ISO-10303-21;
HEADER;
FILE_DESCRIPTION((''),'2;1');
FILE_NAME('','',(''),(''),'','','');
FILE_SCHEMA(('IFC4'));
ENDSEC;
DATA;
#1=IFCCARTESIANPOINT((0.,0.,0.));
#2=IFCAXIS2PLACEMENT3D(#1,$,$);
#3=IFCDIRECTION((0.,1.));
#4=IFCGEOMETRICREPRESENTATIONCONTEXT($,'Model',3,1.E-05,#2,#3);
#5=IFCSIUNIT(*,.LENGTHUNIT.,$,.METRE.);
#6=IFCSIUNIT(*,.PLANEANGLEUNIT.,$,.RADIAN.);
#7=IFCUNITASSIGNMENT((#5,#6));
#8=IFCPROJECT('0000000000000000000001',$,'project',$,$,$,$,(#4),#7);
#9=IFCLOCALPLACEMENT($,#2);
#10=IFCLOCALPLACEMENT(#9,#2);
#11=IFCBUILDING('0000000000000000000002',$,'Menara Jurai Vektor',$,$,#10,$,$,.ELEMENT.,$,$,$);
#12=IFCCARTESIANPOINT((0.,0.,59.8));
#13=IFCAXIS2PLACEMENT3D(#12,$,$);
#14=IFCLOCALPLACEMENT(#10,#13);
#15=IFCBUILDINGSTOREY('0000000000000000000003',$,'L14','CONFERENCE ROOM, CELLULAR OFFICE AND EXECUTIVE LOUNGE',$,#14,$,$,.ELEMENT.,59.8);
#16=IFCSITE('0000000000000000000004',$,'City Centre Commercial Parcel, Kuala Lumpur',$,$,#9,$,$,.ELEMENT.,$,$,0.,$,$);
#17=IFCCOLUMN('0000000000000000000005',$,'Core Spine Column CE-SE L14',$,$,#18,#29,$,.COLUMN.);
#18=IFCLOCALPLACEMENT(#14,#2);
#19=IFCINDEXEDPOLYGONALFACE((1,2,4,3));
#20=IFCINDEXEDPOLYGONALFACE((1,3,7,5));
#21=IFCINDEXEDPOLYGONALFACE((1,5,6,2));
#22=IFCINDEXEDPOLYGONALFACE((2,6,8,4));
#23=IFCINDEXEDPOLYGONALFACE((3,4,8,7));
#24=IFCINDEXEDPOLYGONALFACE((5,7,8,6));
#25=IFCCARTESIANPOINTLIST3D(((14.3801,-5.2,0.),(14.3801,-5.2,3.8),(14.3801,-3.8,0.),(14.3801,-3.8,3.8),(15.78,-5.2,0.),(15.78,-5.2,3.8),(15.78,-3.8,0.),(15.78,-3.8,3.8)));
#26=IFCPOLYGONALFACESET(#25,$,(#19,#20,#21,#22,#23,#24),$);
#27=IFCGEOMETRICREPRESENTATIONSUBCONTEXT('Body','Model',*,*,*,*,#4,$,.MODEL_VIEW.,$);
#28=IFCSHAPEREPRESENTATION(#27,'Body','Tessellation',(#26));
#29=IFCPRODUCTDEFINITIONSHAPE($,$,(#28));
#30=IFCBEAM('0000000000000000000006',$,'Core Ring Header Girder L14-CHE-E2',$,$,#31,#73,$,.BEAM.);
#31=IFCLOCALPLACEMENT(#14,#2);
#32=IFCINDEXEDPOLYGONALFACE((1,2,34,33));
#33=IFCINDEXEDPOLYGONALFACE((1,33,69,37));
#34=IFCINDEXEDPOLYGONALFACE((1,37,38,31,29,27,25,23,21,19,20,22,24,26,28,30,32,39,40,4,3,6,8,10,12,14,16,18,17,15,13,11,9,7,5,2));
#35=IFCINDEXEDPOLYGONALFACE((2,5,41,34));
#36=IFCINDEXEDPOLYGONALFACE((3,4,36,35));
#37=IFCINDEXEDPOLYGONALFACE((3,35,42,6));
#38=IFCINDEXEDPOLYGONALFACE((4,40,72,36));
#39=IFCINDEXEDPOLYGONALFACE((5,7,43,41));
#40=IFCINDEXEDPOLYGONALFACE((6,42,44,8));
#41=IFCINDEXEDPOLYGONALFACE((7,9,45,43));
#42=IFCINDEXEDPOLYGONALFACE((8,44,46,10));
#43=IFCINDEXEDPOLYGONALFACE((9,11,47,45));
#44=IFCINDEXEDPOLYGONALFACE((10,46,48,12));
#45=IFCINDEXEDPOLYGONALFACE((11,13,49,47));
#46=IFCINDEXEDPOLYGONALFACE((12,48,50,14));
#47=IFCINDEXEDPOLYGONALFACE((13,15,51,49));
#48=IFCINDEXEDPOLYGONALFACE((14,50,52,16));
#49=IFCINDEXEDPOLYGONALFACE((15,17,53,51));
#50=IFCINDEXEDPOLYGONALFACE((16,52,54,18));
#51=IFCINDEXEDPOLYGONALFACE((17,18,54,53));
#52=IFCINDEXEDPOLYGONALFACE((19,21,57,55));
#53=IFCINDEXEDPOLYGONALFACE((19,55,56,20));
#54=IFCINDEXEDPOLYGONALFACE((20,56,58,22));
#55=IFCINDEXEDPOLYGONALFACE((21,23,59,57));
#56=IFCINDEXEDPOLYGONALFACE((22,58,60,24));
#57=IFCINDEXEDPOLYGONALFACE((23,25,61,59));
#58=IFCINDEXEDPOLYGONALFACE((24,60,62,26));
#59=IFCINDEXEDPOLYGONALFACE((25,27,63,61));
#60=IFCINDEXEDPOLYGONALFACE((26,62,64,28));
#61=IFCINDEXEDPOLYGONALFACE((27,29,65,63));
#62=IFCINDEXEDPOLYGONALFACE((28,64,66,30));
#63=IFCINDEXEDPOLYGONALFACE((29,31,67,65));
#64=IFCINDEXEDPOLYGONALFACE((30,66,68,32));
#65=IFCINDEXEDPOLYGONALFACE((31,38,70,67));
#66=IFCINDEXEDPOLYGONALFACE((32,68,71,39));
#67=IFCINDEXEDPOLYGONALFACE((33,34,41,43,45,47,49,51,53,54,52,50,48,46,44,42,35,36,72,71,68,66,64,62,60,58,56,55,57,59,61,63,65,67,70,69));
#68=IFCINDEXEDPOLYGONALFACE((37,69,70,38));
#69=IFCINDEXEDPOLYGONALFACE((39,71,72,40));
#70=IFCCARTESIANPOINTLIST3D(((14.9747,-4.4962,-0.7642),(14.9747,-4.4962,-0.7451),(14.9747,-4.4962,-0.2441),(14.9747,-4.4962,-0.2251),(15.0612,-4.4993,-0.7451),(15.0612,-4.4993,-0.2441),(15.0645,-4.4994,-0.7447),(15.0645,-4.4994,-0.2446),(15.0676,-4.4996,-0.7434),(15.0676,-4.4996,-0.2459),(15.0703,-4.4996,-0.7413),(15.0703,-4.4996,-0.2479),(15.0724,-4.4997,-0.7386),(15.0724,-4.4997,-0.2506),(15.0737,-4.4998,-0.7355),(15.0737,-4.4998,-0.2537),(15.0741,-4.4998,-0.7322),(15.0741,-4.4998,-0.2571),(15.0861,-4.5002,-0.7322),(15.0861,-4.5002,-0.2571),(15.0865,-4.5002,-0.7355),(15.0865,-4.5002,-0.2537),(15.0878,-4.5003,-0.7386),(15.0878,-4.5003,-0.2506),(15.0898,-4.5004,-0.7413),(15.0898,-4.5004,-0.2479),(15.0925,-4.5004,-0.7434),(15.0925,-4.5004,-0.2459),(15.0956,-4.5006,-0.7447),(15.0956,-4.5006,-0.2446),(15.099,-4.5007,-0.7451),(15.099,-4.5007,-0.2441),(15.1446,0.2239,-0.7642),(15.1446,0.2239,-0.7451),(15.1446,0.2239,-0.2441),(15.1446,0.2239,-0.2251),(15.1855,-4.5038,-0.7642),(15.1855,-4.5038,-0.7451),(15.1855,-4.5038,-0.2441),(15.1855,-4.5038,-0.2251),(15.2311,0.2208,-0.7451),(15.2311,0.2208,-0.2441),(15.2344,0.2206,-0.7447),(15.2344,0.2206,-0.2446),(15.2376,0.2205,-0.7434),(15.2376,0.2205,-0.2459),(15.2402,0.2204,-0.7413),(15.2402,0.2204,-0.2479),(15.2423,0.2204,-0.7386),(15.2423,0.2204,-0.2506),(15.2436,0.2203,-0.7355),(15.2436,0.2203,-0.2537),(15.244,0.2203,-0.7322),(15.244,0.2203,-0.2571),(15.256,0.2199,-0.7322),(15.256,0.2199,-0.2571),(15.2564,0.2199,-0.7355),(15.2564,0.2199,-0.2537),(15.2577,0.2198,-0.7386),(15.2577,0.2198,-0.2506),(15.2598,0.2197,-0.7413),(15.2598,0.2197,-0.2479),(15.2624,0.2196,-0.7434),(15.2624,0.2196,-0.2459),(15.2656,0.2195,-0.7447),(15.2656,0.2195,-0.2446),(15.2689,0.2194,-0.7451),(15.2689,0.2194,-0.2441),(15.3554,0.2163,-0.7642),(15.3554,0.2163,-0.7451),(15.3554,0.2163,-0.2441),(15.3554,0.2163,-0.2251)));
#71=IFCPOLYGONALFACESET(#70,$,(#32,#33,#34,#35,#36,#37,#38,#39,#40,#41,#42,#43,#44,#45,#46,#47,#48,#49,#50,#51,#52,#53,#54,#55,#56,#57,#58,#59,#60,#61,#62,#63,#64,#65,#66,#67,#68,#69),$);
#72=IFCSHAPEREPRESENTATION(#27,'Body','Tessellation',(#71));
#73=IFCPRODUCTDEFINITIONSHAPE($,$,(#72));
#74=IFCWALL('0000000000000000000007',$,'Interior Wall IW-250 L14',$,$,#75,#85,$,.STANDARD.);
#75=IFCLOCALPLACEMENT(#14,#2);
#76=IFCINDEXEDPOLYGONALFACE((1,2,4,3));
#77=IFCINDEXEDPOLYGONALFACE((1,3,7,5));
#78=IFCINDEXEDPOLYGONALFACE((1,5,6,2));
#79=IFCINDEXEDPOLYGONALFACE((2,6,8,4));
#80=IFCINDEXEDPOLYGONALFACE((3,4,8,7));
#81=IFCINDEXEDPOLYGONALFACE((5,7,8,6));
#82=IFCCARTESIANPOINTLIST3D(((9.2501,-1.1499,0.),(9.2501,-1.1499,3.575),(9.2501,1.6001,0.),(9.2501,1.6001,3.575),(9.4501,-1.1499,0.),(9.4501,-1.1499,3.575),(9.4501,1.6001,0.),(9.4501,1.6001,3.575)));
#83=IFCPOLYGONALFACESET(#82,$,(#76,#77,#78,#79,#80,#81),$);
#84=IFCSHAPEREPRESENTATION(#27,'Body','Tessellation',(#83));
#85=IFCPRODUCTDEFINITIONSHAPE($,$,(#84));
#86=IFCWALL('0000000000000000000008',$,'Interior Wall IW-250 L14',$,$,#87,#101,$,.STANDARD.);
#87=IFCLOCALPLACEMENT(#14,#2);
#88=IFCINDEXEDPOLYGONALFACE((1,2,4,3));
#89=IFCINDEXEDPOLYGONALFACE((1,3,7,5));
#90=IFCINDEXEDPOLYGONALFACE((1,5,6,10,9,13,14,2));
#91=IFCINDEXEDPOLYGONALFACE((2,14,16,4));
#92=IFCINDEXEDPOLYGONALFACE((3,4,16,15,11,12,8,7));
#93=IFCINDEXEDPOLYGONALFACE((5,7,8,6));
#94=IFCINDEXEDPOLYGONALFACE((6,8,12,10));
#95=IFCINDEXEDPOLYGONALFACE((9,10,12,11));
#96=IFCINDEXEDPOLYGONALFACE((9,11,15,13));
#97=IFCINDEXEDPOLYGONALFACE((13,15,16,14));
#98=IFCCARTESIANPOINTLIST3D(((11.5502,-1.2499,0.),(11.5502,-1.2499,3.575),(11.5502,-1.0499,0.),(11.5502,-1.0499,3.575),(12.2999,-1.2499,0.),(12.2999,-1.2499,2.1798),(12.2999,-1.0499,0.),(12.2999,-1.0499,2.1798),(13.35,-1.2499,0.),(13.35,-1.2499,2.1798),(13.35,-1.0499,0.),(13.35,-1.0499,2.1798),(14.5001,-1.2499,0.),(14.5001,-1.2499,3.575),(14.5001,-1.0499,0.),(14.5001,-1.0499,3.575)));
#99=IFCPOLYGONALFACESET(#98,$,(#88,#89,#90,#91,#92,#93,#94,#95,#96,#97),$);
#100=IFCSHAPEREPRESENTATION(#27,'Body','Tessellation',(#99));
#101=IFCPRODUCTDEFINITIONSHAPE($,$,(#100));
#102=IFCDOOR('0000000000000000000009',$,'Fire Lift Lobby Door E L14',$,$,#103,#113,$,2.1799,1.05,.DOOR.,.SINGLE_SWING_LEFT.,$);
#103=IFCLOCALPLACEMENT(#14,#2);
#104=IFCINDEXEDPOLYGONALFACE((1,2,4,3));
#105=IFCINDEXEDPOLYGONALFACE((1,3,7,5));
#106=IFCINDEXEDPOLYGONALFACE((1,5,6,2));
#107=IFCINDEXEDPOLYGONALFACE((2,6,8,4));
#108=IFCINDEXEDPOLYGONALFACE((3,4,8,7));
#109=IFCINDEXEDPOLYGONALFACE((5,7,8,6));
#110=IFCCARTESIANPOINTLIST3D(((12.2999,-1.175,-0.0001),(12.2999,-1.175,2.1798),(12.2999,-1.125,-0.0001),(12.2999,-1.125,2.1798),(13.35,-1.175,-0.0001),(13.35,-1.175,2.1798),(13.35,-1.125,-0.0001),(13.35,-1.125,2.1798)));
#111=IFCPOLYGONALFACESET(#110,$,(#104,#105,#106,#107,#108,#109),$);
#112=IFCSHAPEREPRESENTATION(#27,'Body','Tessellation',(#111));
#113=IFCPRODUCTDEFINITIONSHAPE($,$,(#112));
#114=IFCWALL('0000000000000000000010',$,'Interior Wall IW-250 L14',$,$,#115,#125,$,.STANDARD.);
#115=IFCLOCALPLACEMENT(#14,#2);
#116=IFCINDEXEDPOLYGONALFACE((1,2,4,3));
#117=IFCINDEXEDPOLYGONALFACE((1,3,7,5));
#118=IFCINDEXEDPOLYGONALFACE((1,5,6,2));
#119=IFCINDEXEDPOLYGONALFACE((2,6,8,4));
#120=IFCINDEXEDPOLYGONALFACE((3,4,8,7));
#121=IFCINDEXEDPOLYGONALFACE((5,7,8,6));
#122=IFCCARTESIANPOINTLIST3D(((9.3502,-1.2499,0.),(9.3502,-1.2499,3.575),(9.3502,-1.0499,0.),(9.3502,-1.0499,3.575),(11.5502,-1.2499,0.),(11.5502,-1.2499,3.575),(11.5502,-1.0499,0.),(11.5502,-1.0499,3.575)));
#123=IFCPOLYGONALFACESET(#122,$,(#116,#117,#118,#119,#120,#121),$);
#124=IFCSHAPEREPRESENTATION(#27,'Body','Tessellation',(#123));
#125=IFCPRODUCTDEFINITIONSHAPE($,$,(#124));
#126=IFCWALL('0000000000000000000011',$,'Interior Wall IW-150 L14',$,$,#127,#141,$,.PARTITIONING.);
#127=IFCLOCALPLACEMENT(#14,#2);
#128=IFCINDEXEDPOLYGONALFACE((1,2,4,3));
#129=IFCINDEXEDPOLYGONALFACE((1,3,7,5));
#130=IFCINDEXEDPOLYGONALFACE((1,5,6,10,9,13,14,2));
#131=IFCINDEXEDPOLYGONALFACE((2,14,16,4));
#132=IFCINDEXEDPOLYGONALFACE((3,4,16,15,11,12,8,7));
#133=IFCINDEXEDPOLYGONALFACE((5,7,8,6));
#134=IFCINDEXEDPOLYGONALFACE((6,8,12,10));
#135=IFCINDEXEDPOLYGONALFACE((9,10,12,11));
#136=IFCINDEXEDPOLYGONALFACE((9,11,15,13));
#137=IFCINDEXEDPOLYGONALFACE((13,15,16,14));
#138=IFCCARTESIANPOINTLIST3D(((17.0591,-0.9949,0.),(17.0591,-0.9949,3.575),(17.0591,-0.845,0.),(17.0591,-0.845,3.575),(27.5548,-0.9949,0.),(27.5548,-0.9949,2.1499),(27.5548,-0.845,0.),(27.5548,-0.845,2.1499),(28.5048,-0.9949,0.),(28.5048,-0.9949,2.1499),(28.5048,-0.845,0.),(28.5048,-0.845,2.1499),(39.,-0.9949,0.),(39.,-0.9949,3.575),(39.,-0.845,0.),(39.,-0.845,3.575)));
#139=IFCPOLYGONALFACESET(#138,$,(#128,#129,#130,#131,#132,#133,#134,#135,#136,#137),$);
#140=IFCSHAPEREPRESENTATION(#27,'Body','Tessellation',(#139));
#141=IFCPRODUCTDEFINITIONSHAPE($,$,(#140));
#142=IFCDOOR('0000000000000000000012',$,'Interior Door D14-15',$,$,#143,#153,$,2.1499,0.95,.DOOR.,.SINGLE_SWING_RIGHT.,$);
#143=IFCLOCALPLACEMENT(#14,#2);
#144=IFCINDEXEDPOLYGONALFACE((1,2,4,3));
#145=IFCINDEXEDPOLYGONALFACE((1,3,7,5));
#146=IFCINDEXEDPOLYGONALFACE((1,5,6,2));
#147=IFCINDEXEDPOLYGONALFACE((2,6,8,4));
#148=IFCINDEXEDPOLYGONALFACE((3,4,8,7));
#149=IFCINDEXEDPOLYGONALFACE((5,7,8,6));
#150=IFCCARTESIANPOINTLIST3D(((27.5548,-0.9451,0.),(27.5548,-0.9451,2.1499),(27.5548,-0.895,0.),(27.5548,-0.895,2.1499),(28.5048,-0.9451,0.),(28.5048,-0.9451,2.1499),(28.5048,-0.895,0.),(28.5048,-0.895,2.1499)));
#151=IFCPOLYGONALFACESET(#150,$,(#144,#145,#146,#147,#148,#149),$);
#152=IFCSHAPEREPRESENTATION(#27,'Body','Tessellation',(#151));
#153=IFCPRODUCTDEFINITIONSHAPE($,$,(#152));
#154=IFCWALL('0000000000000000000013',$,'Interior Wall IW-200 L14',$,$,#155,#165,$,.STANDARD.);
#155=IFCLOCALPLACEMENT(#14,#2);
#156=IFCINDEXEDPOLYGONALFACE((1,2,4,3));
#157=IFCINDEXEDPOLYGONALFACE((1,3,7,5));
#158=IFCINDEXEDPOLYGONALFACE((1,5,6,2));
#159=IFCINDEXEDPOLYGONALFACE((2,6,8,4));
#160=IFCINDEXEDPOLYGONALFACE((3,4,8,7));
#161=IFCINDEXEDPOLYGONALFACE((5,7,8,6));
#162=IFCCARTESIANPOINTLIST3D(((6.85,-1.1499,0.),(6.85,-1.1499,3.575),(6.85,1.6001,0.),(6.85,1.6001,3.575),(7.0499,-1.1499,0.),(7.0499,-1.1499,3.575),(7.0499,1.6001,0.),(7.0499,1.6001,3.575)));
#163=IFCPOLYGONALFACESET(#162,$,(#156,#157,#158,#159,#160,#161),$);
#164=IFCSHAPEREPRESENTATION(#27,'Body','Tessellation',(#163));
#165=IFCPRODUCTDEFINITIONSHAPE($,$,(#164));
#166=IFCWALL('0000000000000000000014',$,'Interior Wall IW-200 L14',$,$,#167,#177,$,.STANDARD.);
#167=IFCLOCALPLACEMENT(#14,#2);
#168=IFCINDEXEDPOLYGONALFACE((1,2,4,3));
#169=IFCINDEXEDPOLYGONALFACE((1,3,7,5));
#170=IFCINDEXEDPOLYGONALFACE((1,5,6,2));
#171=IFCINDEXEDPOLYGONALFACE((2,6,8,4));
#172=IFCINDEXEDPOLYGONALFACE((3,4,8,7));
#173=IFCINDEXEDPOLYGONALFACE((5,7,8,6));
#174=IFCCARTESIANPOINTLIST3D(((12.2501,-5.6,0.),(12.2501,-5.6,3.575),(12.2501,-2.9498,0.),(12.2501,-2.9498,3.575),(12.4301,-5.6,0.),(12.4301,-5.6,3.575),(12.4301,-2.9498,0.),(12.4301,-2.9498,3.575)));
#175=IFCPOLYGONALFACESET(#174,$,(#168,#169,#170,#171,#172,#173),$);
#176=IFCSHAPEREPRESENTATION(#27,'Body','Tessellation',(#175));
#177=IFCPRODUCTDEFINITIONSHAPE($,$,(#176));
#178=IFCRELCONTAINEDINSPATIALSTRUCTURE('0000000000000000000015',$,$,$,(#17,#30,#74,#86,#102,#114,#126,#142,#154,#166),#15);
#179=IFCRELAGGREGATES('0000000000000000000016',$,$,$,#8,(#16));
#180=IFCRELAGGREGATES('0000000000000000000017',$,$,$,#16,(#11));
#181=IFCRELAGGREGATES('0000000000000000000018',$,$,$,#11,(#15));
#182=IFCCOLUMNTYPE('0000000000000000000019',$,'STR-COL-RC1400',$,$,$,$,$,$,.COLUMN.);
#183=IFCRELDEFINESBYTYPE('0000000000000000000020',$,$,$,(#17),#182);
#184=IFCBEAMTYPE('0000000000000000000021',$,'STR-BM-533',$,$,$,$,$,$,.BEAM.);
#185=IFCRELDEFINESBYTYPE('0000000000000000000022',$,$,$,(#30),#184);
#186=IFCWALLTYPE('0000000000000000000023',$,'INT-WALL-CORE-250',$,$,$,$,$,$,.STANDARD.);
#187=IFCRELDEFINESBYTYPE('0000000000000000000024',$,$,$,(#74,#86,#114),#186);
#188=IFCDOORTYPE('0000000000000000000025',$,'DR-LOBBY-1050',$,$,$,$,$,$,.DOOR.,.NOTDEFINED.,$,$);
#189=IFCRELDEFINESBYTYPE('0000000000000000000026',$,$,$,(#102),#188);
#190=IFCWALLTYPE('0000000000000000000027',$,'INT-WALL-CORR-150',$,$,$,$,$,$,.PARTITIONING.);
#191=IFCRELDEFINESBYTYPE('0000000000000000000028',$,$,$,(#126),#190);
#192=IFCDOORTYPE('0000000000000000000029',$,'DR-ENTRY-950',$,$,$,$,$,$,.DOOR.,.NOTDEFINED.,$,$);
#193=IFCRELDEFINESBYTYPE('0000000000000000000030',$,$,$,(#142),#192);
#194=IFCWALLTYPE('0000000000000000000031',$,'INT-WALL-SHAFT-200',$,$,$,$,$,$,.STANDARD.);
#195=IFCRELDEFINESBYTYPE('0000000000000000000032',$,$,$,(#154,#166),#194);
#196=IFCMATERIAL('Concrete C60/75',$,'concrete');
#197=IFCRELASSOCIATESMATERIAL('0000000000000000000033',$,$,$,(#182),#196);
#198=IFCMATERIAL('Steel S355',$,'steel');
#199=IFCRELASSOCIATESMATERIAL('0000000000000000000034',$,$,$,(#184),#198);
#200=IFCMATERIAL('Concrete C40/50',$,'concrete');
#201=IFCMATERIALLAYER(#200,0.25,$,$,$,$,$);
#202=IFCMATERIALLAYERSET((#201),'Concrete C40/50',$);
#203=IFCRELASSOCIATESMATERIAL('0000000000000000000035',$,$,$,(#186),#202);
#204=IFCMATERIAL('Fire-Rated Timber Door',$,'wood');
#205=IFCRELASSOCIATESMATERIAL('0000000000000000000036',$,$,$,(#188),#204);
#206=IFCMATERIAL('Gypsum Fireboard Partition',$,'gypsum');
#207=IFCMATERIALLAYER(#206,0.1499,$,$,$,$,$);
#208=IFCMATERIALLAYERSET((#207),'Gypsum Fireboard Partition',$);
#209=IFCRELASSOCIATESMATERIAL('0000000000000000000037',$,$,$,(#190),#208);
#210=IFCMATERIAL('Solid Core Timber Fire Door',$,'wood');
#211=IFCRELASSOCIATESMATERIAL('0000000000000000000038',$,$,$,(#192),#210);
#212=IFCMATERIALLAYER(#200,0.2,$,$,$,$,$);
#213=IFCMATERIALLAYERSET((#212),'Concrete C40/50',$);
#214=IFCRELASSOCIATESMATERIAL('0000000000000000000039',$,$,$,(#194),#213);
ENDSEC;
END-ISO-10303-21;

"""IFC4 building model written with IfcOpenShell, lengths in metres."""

from ifc_helpers import new_model, si_unit, direction, frame, frame_2d, origin, origin_2d, place, context, subcontext, project, spatial, rectangle, i_section, extrude, material, layer, layer_set, material_profile, profile_set, type_object, element, fill, save


model = new_model("IFC4")

# Units and contexts
model_context = context("Model", 3, precision=1e-05, world=origin(), true_north=direction((0.0, 1.0)))
body_context = subcontext(model_context, "Body", "Model", "MODEL_VIEW")
ifc_project = project(units=[si_unit("LENGTHUNIT", "METRE"), si_unit("PLANEANGLEUNIT", "RADIAN")], contexts=[model_context])

# Site, building, storey
site_placement = place(None, origin())
site = spatial("IfcSite", under=ifc_project, at=site_placement, Name="City Centre Commercial Parcel, Kuala Lumpur", CompositionType="ELEMENT", RefElevation=0.0)
building_placement = place(site_placement, origin())
building = spatial("IfcBuilding", under=site, at=building_placement, Name="Menara Jurai Vektor", CompositionType="ELEMENT")
storey_placement = place(building_placement, frame((0.0, 0.0, 59.8)))
storey = spatial("IfcBuildingStorey", under=building, at=storey_placement, Name="L14", Description="CONFERENCE ROOM, CELLULAR OFFICE AND EXECUTIVE LOUNGE", CompositionType="ELEMENT", Elevation=59.8)

# Column
ifc_material_1 = material(Name="Concrete C60/75", Category="concrete")
ifc_material_profile_1 = material_profile(ifc_material_1, rectangle(XDim=1.3999, YDim=1.3999, at=origin_2d()), Name="RC 1400x1400")
ifc_profile_set_1 = profile_set([ifc_material_profile_1], Name="Concrete C60/75")
column_type = type_object("IfcColumnType", Name="STR-COL-RC1400", PredefinedType="COLUMN", material=ifc_profile_set_1)
column_placement = place(storey_placement, frame((15.0801, -4.5, 0.0), z_axis=(0.0, 0.0, 1.0), x_axis=(1.0, 0.0, 0.0)))
element("IfcColumn", 1, at=column_placement, inside=storey, type_object=column_type, Name="Core Spine Column CE-SE L14", PredefinedType="COLUMN", context=body_context, shape_type="SweptSolid", body=[
    extrude(rectangle(XDim=1.3999, YDim=1.3999, at=origin_2d()), origin(), (0.0, 0.0, 1.0), 3.8),
])

# Beam
ifc_material_2 = material(Name="Steel S355", Category="steel")
ifc_material_profile_2 = material_profile(ifc_material_2, i_section(OverallWidth=0.2109, OverallDepth=0.5391, WebThickness=0.012, FlangeThickness=0.019, FilletRadius=0.0129, at=origin_2d()), Name="UKB 533x210x109")
ifc_profile_set_2 = profile_set([ifc_material_profile_2], Name="Steel S355")
beam_type = type_object("IfcBeamType", Name="STR-BM-533", PredefinedType="BEAM", material=ifc_profile_set_2)
beam_placement = place(storey_placement, frame((15.0801, -4.5, -0.4946), z_axis=(0.035977, 0.999353, 0.0), x_axis=(-0.999353, 0.035977, 0.0)))
element("IfcBeam", 2, at=beam_placement, inside=storey, type_object=beam_type, Name="Core Ring Header Girder L14-CHE-E2", PredefinedType="BEAM", context=body_context, shape_type="SweptSolid", body=[
    extrude(i_section(OverallWidth=0.2109, OverallDepth=0.5391, WebThickness=0.012, FlangeThickness=0.019, FilletRadius=0.0129, at=origin_2d()), origin(), (0.0, 0.0, 1.0), 4.7231),
])

# Shared definitions
ifc_material_3 = material(Name="Concrete C40/50", Category="concrete")
ifc_layer_1 = layer(ifc_material_3, 0.25)
ifc_layer_set_1 = layer_set([ifc_layer_1], Name="Concrete C40/50")
wall_type_1 = type_object("IfcWallType", Name="INT-WALL-CORE-250", PredefinedType="STANDARD", material=ifc_layer_set_1)

# Wall
wall_1_placement = place(storey_placement, frame((9.3501, -1.1499, 0.0), z_axis=(0.0, 0.0, 1.0), x_axis=(0.0, 1.0, 0.0)))
element("IfcWall", 3, at=wall_1_placement, inside=storey, type_object=wall_type_1, Name="Interior Wall IW-250 L14", PredefinedType="STANDARD", context=body_context, shape_type="SweptSolid", body=[
    extrude(rectangle(XDim=2.75, YDim=0.2, at=frame_2d((1.375, 0.0))), origin(), (0.0, 0.0, 1.0), 3.575),
])

# Wall, opening, door
wall_2_placement = place(storey_placement, frame((11.55, -1.1499, 0.0), z_axis=(0.0, 0.0, 1.0), x_axis=(1.0, 0.0, 0.0)))
wall_2 = element("IfcWall", 4, at=wall_2_placement, inside=storey, type_object=wall_type_1, Name="Interior Wall IW-250 L14", PredefinedType="STANDARD", context=body_context, shape_type="SweptSolid", body=[
    extrude(rectangle(XDim=2.95, YDim=0.2, at=frame_2d((1.4751, 0.0))), origin(), (0.0, 0.0, 1.0), 3.575),
])
opening_1_placement = place(wall_2_placement, frame((0.75, 0.0, 0.0)))
opening_1 = element("IfcOpeningElement", 5, at=opening_1_placement, cuts=wall_2, PredefinedType="OPENING", context=body_context, shape_type="SweptSolid", body=[
    extrude(rectangle(XDim=1.05, YDim=2.1799, at=frame_2d((0.5249, 1.0898))), frame((0.0, 0.1099, 0.0), z_axis=(0.0, -1.0, 0.0), x_axis=(1.0, 0.0, 0.0)), (0.0, 0.0, 1.0), 0.22),
])
ifc_material_4 = material(Name="Fire-Rated Timber Door", Category="wood")
door_type_1 = type_object("IfcDoorType", Name="DR-LOBBY-1050", OperationType="NOTDEFINED", PredefinedType="DOOR", material=ifc_material_4)
door_1_placement = place(opening_1_placement, origin())
door_1 = element("IfcDoor", 6, at=door_1_placement, inside=storey, type_object=door_type_1, Name="Fire Lift Lobby Door E L14", OperationType="SINGLE_SWING_LEFT", OverallHeight=2.1799, OverallWidth=1.05, PredefinedType="DOOR", context=body_context, shape_type="SweptSolid", body=[
    extrude(rectangle(XDim=1.05, YDim=2.1799, at=frame_2d((0.5249, 1.0898))), frame((0.0, 0.0249, 0.0), z_axis=(0.0, -1.0, 0.0), x_axis=(1.0, 0.0, 0.0)), (0.0, 0.0, 1.0), 0.05),
])
fill(opening_1, door_1)

# Wall
wall_3_placement = place(storey_placement, frame((9.3501, -1.1499, 0.0), z_axis=(0.0, 0.0, 1.0), x_axis=(1.0, 0.0, 0.0)))
element("IfcWall", 7, at=wall_3_placement, inside=storey, type_object=wall_type_1, Name="Interior Wall IW-250 L14", PredefinedType="STANDARD", context=body_context, shape_type="SweptSolid", body=[
    extrude(rectangle(XDim=2.2, YDim=0.2, at=frame_2d((1.1001, 0.0))), origin(), (0.0, 0.0, 1.0), 3.575),
])

# Wall, opening, door
ifc_material_5 = material(Name="Gypsum Fireboard Partition", Category="gypsum")
ifc_layer_2 = layer(ifc_material_5, 0.1499)
ifc_layer_set_2 = layer_set([ifc_layer_2], Name="Gypsum Fireboard Partition")
wall_type_2 = type_object("IfcWallType", Name="INT-WALL-CORR-150", PredefinedType="PARTITIONING", material=ifc_layer_set_2)
wall_4_placement = place(storey_placement, frame((17.0591, -0.9199, 0.0), z_axis=(0.0, 0.0, 1.0), x_axis=(1.0, 0.0, 0.0)))
wall_4 = element("IfcWall", 8, at=wall_4_placement, inside=storey, type_object=wall_type_2, Name="Interior Wall IW-150 L14", PredefinedType="PARTITIONING", context=body_context, shape_type="SweptSolid", body=[
    extrude(rectangle(XDim=21.9409, YDim=0.1499, at=frame_2d((10.9705, 0.0))), origin(), (0.0, 0.0, 1.0), 3.575),
])
opening_2_placement = place(wall_4_placement, frame((10.4956, 0.0, 0.0)))
opening_2 = element("IfcOpeningElement", 9, at=opening_2_placement, cuts=wall_4, PredefinedType="OPENING", context=body_context, shape_type="SweptSolid", body=[
    extrude(rectangle(XDim=0.95, YDim=2.1499, at=frame_2d((0.4751, 1.075))), frame((0.0, 0.085, 0.0), z_axis=(0.0, -1.0, 0.0), x_axis=(1.0, 0.0, 0.0)), (0.0, 0.0, 1.0), 0.1699),
])
ifc_material_6 = material(Name="Solid Core Timber Fire Door", Category="wood")
door_type_2 = type_object("IfcDoorType", Name="DR-ENTRY-950", OperationType="NOTDEFINED", PredefinedType="DOOR", material=ifc_material_6)
door_2_placement = place(opening_2_placement, origin())
door_2 = element("IfcDoor", 10, at=door_2_placement, inside=storey, type_object=door_type_2, Name="Interior Door D14-15", OperationType="SINGLE_SWING_RIGHT", OverallHeight=2.1499, OverallWidth=0.95, PredefinedType="DOOR", context=body_context, shape_type="SweptSolid", body=[
    extrude(rectangle(XDim=0.95, YDim=2.1499, at=frame_2d((0.4751, 1.075))), frame((0.0, 0.0249, 0.0), z_axis=(0.0, -1.0, 0.0), x_axis=(1.0, 0.0, 0.0)), (0.0, 0.0, 1.0), 0.05),
])
fill(opening_2, door_2)

# Wall
ifc_layer_3 = layer(ifc_material_3, 0.2)
ifc_layer_set_3 = layer_set([ifc_layer_3], Name="Concrete C40/50")
wall_type_3 = type_object("IfcWallType", Name="INT-WALL-SHAFT-200", PredefinedType="STANDARD", material=ifc_layer_set_3)
wall_5_placement = place(storey_placement, frame((6.95, -1.1499, 0.0), z_axis=(0.0, 0.0, 1.0), x_axis=(0.0, 1.0, 0.0)))
element("IfcWall", 11, at=wall_5_placement, inside=storey, type_object=wall_type_3, Name="Interior Wall IW-200 L14", PredefinedType="STANDARD", context=body_context, shape_type="SweptSolid", body=[
    extrude(rectangle(XDim=2.75, YDim=0.2, at=frame_2d((1.375, 0.0))), origin(), (0.0, 0.0, 1.0), 3.575),
])

# Wall
for number, where, z_axis, x_axis, name in (
    (12, (12.3401, -5.6001, 0.0), (0.0, 0.0, 1.0), (0.0, 1.0, 0.0), "Interior Wall IW-200 L14"),
):
    element("IfcWall", number, at=place(storey_placement, frame(where, z_axis=z_axis, x_axis=x_axis)), inside=storey, type_object=wall_type_3, Name=name, PredefinedType="STANDARD", context=body_context, shape_type="SweptSolid", body=[
        extrude(rectangle(XDim=2.6501, YDim=0.1799, at=frame_2d((1.3252, 0.0))), origin(), (0.0, 0.0, 1.0), 3.575),
    ])

save(model, "model.ifc")
